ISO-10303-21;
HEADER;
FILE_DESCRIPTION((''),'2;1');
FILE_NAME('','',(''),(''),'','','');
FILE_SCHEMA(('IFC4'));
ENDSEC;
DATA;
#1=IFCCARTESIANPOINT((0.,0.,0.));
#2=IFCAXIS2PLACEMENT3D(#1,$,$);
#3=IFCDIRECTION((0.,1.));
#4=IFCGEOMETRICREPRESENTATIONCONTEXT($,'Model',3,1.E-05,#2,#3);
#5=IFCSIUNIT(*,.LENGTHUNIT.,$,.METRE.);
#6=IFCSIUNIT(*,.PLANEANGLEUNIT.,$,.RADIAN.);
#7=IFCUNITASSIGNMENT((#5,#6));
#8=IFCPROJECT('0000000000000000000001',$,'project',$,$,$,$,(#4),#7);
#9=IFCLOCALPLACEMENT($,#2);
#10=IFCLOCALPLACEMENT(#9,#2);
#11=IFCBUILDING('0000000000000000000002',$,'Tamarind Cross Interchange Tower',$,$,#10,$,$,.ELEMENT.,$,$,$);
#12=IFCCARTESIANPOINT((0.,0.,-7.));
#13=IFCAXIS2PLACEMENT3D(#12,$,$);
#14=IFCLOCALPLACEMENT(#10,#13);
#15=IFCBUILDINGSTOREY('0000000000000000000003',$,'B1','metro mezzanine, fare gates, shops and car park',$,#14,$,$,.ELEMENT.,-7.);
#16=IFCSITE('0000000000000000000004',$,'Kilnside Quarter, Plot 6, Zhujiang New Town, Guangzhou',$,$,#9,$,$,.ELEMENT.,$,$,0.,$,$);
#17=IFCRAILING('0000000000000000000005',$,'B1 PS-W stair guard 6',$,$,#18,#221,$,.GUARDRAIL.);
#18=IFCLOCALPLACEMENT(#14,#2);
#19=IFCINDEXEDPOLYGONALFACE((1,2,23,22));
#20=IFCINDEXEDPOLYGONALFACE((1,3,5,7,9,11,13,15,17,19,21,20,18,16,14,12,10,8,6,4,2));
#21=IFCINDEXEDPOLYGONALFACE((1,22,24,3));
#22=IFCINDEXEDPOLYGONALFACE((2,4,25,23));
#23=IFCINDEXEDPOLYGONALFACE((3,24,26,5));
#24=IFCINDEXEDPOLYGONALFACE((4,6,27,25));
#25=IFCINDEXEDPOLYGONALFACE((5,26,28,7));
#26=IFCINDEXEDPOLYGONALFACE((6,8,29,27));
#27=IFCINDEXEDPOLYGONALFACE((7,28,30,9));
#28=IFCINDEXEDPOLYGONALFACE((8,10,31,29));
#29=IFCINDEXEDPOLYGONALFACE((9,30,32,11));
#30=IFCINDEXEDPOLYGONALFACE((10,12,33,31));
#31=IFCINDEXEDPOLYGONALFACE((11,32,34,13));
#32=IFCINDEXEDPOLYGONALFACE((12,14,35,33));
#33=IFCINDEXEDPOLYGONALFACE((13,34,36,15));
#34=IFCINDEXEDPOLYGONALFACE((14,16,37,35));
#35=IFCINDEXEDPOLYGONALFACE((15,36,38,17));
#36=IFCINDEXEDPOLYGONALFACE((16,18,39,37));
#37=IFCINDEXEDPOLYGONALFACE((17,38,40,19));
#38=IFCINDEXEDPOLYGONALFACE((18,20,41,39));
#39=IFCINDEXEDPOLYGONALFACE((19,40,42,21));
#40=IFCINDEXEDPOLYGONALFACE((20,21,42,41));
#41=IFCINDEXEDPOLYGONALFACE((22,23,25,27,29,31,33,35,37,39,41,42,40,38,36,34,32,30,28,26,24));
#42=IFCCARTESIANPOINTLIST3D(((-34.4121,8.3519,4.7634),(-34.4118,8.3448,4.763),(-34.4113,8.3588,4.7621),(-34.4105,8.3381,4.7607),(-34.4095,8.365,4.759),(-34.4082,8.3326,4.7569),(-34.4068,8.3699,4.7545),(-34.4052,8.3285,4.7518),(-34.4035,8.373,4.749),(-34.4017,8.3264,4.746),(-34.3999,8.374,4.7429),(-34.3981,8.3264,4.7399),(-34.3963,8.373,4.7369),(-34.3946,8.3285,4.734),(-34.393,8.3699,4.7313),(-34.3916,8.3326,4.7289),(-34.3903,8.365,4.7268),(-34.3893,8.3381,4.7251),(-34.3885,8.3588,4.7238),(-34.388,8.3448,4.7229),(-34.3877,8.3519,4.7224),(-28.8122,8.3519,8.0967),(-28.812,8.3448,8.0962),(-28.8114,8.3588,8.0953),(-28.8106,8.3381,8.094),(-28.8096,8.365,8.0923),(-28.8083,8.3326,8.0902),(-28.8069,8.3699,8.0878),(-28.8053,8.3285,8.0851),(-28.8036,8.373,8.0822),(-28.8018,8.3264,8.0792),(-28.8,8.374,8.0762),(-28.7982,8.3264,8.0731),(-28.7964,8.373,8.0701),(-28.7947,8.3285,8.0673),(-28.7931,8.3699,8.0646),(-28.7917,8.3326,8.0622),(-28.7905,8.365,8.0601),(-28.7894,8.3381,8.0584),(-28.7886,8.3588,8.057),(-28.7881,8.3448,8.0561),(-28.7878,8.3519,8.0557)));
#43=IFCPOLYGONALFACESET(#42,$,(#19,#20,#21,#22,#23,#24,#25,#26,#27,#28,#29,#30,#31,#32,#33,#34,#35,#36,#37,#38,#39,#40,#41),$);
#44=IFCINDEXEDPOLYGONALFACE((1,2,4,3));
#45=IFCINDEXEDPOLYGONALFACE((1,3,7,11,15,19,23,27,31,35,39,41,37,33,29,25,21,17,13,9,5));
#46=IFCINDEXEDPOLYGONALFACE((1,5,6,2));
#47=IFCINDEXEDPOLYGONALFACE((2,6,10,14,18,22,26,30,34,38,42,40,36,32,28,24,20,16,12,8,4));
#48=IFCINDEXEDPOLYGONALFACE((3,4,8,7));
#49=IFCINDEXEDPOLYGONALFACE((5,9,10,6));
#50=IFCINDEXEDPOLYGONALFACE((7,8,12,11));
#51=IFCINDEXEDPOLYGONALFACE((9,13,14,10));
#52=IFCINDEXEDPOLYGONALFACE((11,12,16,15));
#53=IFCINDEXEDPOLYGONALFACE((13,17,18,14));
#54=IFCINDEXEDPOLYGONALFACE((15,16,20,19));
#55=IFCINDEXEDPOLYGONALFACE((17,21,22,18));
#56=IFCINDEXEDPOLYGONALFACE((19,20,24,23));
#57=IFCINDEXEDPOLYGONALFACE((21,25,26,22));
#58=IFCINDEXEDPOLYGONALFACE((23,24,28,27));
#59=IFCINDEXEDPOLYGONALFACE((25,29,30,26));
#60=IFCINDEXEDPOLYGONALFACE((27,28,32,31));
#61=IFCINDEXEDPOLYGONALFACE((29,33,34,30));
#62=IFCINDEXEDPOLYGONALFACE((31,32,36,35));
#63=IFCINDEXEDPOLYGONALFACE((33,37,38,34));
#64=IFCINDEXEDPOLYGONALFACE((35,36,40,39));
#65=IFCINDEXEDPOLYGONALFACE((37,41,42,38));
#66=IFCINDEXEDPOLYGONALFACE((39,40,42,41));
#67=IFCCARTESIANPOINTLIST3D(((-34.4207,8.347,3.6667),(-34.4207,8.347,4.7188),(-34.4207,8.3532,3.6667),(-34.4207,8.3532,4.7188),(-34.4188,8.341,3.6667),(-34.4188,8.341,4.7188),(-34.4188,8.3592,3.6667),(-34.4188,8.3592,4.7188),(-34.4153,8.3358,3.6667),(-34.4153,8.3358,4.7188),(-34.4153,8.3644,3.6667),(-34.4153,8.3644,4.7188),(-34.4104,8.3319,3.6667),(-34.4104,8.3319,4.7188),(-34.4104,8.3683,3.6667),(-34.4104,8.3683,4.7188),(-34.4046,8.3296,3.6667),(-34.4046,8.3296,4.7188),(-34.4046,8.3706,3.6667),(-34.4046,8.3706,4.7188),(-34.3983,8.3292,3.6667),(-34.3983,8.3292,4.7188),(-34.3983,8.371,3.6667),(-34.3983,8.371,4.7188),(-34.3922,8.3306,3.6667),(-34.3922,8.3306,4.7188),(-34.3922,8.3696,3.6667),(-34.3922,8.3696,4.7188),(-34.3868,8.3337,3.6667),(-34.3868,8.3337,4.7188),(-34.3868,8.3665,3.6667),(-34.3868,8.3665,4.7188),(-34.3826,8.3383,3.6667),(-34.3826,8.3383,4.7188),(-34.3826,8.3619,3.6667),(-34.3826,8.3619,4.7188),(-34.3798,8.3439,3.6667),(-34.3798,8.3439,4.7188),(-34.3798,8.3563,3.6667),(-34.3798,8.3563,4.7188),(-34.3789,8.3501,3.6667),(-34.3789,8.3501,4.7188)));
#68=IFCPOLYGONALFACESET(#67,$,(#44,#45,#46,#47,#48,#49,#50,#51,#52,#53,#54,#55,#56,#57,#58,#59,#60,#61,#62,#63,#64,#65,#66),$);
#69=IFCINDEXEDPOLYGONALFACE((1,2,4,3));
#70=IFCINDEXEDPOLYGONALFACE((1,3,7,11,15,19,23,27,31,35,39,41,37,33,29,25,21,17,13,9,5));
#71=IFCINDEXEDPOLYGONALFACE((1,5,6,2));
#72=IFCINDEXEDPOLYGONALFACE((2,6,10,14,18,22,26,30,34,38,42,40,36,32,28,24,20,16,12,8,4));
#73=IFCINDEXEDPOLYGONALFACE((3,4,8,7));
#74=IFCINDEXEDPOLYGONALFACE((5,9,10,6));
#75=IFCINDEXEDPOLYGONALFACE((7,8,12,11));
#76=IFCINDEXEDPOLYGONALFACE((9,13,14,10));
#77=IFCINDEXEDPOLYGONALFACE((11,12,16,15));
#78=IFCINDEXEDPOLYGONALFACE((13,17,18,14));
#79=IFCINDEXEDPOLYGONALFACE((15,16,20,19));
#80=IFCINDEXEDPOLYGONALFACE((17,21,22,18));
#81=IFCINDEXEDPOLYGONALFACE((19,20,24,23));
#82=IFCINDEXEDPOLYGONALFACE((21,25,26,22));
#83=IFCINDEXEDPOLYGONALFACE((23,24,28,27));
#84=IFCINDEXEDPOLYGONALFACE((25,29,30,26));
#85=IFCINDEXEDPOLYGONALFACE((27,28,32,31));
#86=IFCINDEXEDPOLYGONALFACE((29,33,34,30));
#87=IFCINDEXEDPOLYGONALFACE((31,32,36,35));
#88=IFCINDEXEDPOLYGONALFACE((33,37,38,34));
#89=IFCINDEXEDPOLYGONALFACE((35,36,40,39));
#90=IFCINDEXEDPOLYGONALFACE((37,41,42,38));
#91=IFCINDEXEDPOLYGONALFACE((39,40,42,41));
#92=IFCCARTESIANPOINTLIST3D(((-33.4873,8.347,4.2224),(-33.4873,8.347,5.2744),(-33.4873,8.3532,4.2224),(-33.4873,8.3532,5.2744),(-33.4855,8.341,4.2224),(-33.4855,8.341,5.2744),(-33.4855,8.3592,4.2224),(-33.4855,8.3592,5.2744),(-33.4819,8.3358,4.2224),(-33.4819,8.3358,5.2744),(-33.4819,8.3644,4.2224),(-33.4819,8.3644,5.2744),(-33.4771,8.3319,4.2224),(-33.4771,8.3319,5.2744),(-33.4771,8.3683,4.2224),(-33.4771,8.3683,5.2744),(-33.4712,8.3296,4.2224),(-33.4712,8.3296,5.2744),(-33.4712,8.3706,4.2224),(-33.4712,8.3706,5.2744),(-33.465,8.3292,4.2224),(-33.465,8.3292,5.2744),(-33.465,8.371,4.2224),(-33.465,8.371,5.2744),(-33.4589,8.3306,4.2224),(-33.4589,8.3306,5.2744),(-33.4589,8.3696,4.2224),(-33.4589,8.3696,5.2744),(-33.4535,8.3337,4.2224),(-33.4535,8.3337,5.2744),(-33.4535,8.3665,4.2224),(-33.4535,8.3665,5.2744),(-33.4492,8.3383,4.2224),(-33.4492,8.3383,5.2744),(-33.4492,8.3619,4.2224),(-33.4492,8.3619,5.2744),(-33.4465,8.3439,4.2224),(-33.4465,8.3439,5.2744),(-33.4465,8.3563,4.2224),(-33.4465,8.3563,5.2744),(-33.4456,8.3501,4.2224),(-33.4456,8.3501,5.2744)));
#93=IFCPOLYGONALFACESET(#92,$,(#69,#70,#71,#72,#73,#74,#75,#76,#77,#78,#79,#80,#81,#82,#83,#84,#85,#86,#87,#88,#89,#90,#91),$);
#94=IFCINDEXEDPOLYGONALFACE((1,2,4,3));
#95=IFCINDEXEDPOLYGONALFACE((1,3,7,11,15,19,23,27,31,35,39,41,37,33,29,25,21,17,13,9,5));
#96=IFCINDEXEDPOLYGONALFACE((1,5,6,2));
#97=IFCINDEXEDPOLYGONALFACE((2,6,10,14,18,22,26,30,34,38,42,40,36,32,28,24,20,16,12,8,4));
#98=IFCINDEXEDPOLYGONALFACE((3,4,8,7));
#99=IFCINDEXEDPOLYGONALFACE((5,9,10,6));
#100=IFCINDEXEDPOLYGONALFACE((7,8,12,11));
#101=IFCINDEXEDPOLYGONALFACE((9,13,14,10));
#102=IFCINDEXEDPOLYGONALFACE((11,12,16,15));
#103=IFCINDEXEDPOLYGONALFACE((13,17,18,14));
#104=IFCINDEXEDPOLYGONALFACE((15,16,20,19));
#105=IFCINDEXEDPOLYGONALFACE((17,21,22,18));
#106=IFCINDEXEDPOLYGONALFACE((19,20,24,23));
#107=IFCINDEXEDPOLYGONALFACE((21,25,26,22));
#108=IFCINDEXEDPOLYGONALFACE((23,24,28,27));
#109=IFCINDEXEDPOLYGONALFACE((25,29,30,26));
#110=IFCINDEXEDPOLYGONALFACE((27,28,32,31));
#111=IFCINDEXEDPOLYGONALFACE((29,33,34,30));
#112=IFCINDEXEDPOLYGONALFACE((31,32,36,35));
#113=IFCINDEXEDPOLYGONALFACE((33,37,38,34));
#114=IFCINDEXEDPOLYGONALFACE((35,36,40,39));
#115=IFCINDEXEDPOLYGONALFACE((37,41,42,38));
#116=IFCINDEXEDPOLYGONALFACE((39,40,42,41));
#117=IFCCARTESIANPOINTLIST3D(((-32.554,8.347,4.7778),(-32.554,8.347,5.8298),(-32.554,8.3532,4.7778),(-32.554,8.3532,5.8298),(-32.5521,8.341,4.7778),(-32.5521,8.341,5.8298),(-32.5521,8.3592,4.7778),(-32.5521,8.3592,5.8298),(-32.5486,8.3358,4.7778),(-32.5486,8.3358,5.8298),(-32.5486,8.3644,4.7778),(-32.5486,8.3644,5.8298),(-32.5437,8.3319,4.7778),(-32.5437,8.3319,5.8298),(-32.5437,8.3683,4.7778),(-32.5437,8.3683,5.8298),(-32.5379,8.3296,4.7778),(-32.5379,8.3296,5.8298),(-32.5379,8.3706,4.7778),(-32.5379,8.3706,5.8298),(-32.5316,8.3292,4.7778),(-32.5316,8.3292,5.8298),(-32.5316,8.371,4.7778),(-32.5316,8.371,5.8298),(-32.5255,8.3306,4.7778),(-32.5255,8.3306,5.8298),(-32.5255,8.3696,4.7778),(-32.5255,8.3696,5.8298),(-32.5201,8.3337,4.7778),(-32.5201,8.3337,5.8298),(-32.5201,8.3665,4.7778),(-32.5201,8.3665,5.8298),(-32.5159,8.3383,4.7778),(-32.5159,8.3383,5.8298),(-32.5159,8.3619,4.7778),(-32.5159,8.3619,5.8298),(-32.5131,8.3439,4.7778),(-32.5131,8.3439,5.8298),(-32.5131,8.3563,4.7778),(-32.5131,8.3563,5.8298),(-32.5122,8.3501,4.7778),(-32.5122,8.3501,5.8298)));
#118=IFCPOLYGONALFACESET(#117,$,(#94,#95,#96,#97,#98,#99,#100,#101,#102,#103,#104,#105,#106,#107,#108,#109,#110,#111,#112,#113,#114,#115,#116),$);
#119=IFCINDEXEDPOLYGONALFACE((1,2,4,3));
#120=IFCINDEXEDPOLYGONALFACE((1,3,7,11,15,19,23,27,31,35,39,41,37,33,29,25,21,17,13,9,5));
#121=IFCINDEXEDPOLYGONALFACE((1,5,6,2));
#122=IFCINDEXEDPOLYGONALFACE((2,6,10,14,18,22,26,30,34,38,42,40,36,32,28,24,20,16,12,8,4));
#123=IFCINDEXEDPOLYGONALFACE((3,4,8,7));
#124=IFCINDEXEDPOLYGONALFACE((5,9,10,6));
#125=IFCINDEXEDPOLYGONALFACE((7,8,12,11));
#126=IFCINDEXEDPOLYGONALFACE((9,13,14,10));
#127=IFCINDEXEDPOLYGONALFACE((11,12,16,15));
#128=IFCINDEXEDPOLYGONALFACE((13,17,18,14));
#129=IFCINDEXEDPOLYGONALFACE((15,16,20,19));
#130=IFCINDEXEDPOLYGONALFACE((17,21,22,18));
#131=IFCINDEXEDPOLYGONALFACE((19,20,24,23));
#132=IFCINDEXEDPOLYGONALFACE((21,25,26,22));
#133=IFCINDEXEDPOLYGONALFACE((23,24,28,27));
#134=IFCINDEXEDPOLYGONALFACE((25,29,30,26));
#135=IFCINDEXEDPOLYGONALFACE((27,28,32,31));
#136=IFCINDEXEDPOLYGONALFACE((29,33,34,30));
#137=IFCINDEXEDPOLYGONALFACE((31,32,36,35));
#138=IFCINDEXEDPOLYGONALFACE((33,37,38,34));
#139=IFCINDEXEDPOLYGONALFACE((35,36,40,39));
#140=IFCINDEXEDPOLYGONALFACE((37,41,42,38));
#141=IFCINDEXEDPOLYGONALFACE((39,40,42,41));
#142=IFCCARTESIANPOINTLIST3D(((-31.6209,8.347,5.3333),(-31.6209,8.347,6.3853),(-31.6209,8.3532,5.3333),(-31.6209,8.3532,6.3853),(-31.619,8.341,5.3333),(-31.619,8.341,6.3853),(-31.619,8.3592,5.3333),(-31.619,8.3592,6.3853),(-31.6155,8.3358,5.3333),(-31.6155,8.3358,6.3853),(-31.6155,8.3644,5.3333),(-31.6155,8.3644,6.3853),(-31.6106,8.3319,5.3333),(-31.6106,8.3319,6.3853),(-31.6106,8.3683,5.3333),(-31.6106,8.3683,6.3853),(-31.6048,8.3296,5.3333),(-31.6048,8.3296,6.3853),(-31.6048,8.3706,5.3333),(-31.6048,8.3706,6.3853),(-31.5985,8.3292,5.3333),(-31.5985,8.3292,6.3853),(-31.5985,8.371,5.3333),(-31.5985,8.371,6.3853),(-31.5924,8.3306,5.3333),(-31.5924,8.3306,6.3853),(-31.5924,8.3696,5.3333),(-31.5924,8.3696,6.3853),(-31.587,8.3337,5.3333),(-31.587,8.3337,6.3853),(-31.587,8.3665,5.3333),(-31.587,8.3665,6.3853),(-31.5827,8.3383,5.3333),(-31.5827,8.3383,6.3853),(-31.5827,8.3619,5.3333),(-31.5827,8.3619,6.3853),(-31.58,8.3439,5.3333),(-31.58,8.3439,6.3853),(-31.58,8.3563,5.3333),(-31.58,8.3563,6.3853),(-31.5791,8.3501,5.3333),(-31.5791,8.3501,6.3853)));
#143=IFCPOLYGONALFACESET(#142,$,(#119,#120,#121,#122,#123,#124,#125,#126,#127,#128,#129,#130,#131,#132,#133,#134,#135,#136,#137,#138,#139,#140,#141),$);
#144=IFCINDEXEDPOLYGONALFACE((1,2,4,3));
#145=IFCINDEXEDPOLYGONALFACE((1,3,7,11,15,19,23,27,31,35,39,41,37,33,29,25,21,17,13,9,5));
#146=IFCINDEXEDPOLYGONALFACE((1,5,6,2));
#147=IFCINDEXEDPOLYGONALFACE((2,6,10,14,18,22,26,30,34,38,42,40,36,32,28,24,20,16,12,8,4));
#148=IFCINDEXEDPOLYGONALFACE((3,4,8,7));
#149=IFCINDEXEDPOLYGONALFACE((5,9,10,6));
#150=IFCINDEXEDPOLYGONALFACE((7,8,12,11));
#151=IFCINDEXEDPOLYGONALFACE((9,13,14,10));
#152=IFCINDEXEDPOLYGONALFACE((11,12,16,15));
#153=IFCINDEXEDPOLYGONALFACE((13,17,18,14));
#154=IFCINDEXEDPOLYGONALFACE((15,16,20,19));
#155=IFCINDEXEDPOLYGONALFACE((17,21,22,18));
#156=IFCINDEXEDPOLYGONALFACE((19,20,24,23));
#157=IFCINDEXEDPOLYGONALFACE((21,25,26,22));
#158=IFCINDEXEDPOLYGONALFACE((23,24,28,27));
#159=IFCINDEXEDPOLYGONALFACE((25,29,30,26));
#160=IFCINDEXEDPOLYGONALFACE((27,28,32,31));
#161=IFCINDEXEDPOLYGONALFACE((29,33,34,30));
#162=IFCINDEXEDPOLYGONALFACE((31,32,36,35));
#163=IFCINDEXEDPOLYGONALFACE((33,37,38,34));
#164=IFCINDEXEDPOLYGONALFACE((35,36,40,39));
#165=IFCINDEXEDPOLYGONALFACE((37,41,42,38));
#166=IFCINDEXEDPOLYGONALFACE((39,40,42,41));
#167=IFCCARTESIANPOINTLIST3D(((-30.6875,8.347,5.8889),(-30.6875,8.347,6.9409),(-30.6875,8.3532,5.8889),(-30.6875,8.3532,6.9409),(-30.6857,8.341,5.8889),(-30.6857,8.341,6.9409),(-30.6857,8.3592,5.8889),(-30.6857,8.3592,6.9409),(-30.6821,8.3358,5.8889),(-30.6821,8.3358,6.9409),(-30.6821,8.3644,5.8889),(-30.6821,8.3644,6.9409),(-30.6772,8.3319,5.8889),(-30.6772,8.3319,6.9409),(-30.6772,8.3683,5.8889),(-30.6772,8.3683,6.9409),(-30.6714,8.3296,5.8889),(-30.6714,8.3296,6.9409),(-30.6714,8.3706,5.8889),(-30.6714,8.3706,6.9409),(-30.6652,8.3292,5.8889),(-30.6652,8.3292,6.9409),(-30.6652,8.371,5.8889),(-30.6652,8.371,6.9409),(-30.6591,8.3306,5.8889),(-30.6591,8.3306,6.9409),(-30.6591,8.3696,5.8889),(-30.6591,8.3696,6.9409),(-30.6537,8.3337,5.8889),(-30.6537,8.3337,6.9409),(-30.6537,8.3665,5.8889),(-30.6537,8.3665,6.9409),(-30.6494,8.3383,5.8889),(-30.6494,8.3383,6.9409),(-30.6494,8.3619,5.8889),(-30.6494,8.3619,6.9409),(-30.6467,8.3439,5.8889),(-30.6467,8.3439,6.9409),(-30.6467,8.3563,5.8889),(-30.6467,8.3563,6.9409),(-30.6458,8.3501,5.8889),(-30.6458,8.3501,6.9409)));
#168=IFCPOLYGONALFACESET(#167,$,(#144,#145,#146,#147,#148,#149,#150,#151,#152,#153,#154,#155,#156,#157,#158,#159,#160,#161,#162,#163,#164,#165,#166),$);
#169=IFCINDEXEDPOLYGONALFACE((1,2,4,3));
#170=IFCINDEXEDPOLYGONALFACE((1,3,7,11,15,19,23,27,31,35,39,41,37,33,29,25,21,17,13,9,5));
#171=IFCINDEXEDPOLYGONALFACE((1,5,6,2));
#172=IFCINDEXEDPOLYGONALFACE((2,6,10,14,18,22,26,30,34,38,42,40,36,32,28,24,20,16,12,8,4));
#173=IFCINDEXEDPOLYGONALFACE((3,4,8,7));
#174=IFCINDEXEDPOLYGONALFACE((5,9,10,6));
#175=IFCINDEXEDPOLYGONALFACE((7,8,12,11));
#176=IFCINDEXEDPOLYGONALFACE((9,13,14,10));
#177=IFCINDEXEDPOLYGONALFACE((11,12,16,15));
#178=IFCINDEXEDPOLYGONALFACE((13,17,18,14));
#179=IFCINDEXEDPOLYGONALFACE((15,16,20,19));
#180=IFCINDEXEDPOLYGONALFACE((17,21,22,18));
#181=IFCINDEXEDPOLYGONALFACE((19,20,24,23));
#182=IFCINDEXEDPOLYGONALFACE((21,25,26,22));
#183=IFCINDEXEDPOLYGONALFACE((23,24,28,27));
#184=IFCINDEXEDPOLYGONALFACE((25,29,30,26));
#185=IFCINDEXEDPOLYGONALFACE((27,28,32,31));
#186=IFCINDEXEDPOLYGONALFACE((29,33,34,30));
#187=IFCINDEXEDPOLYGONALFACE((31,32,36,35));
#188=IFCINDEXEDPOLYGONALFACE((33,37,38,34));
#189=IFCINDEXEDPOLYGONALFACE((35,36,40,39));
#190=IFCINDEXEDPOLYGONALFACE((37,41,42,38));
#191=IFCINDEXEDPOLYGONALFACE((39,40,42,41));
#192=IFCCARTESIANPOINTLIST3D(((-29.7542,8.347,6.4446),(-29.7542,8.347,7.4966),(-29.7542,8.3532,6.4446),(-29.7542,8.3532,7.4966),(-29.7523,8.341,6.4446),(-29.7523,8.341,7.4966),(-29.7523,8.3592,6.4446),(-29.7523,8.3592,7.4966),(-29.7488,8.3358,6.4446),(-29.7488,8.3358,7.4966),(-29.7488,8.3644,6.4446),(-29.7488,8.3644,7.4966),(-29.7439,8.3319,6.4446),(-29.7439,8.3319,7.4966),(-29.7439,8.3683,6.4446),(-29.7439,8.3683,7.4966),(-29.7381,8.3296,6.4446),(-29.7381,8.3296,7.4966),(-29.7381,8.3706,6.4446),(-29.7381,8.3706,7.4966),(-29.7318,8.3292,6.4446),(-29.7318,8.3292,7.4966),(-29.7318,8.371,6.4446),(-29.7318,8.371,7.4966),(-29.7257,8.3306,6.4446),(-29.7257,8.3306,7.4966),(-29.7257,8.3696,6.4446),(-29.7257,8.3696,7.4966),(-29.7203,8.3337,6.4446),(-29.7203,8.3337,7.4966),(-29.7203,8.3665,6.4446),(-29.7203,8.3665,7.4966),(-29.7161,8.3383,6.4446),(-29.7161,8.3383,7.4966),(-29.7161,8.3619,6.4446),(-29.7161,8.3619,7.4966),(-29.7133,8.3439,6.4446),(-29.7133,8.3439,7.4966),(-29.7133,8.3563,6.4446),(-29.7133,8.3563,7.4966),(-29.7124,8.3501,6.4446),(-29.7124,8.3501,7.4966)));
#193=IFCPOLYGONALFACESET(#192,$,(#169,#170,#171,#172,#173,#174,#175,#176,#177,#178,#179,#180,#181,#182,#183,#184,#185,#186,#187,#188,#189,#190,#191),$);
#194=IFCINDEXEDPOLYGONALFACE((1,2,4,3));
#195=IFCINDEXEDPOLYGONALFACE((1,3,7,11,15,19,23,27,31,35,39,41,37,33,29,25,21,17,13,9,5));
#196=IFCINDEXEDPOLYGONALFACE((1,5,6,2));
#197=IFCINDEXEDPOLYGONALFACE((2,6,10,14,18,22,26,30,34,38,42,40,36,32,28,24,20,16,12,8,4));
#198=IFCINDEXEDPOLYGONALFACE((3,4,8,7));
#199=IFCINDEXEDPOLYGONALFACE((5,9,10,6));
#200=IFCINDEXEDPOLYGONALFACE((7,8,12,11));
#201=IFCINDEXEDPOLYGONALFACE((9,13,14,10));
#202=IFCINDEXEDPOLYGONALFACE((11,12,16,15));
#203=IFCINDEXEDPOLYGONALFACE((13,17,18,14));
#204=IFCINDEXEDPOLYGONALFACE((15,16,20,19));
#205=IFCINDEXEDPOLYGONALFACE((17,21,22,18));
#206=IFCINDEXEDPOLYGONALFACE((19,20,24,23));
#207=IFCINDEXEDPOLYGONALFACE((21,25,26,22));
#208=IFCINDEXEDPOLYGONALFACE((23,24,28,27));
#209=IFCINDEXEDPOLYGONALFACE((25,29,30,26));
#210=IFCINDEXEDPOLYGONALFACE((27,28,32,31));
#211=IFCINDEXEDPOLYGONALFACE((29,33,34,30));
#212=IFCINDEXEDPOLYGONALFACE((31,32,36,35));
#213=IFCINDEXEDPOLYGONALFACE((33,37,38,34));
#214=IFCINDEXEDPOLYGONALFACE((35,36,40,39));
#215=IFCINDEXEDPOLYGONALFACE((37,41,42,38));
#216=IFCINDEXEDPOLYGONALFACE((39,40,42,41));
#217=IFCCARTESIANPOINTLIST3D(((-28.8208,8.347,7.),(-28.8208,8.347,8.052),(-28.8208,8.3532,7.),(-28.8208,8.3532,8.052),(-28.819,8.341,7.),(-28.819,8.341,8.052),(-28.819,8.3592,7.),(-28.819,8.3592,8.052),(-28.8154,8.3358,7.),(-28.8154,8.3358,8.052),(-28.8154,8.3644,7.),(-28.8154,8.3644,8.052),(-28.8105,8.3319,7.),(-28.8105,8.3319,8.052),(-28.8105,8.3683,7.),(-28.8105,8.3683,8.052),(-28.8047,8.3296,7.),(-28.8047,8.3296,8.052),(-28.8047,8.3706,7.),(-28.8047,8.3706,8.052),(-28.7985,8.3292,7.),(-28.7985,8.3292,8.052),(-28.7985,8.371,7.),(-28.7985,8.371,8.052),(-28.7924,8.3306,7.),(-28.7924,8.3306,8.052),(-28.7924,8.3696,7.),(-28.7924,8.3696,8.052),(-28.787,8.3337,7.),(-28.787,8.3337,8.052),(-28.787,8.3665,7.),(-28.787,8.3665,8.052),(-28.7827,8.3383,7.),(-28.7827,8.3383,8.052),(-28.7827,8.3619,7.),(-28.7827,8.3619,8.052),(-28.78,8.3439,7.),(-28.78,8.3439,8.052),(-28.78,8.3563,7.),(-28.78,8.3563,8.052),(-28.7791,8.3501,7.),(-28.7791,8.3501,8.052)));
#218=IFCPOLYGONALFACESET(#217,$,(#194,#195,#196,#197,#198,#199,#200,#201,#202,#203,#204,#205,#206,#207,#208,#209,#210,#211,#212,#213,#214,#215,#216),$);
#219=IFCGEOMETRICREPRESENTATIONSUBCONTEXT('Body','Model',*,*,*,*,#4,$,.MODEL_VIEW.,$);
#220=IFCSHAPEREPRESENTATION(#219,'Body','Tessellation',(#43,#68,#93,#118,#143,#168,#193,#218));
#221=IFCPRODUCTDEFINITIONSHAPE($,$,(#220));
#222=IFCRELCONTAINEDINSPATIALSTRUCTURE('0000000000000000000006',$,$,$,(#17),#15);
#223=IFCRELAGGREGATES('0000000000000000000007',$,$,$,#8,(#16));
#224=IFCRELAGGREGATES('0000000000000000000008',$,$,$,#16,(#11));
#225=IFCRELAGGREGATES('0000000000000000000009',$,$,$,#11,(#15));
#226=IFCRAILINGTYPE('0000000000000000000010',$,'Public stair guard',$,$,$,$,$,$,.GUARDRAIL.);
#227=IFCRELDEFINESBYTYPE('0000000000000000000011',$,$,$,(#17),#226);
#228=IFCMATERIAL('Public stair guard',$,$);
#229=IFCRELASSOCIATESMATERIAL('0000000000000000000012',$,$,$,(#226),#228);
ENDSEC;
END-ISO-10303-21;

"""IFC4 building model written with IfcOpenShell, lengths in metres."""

from ifc_helpers import new_model, si_unit, direction, frame, origin, origin_2d, place, context, subcontext, project, spatial, circle, extrude, material, type_object, element, save


model = new_model("IFC4")

# Units and contexts
model_context = context("Model", 3, precision=1e-05, world=origin(), true_north=direction((0.0, 1.0)))
body_context = subcontext(model_context, "Body", "Model", "MODEL_VIEW")
ifc_project = project(units=[si_unit("LENGTHUNIT", "METRE"), si_unit("PLANEANGLEUNIT", "RADIAN")], contexts=[model_context])

# Site, building, storey
site_placement = place(None, origin())
site = spatial("IfcSite", under=ifc_project, at=site_placement, Name="Kilnside Quarter, Plot 6, Zhujiang New Town, Guangzhou", CompositionType="ELEMENT", RefElevation=0.0)
building_placement = place(site_placement, origin())
building = spatial("IfcBuilding", under=site, at=building_placement, Name="Tamarind Cross Interchange Tower", CompositionType="ELEMENT")
storey_placement = place(building_placement, frame((0.0, 0.0, -7.0)))
storey = spatial("IfcBuildingStorey", under=building, at=storey_placement, Name="B1", Description="metro mezzanine, fare gates, shops and car park", CompositionType="ELEMENT", Elevation=-7.0)

# Railing
ifc_material_1 = material(Name="Public stair guard")
railing_type_1 = type_object("IfcRailingType", Name="Public stair guard", PredefinedType="GUARDRAIL", material=ifc_material_1)
railing_1_placement = place(storey_placement, frame((-34.3999, 8.3501, 3.6667)))
element("IfcRailing", 1, at=railing_1_placement, inside=storey, type_object=railing_type_1, Name="B1 PS-W stair guard 6", PredefinedType="GUARDRAIL", context=body_context, shape_type="SweptSolid", body=[
    extrude(circle(Radius=0.0239, at=origin_2d()), frame((0.0, 0.0, 1.0762), z_axis=(0.859292, 0.0, 0.511485), x_axis=(0.0, 1.0, 0.0)), (0.0, 0.0, 1.0), 6.5168),
    extrude(circle(Radius=0.021, at=origin_2d()), origin(), (0.0, 0.0, 1.0), 1.052),
    extrude(circle(Radius=0.021, at=origin_2d()), frame((0.9333, 0.0, 0.5557)), (0.0, 0.0, 1.0), 1.052),
    extrude(circle(Radius=0.021, at=origin_2d()), frame((1.8667, 0.0, 1.1111)), (0.0, 0.0, 1.0), 1.052),
    extrude(circle(Radius=0.021, at=origin_2d()), frame((2.7998, 0.0, 1.6665)), (0.0, 0.0, 1.0), 1.052),
    extrude(circle(Radius=0.021, at=origin_2d()), frame((3.7332, 0.0, 2.2222)), (0.0, 0.0, 1.0), 1.052),
    extrude(circle(Radius=0.021, at=origin_2d()), frame((4.6665, 0.0, 2.7778)), (0.0, 0.0, 1.0), 1.052),
    extrude(circle(Radius=0.021, at=origin_2d()), frame((5.5999, 0.0, 3.3333)), (0.0, 0.0, 1.0), 1.052),
])

save(model, "model.ifc")
